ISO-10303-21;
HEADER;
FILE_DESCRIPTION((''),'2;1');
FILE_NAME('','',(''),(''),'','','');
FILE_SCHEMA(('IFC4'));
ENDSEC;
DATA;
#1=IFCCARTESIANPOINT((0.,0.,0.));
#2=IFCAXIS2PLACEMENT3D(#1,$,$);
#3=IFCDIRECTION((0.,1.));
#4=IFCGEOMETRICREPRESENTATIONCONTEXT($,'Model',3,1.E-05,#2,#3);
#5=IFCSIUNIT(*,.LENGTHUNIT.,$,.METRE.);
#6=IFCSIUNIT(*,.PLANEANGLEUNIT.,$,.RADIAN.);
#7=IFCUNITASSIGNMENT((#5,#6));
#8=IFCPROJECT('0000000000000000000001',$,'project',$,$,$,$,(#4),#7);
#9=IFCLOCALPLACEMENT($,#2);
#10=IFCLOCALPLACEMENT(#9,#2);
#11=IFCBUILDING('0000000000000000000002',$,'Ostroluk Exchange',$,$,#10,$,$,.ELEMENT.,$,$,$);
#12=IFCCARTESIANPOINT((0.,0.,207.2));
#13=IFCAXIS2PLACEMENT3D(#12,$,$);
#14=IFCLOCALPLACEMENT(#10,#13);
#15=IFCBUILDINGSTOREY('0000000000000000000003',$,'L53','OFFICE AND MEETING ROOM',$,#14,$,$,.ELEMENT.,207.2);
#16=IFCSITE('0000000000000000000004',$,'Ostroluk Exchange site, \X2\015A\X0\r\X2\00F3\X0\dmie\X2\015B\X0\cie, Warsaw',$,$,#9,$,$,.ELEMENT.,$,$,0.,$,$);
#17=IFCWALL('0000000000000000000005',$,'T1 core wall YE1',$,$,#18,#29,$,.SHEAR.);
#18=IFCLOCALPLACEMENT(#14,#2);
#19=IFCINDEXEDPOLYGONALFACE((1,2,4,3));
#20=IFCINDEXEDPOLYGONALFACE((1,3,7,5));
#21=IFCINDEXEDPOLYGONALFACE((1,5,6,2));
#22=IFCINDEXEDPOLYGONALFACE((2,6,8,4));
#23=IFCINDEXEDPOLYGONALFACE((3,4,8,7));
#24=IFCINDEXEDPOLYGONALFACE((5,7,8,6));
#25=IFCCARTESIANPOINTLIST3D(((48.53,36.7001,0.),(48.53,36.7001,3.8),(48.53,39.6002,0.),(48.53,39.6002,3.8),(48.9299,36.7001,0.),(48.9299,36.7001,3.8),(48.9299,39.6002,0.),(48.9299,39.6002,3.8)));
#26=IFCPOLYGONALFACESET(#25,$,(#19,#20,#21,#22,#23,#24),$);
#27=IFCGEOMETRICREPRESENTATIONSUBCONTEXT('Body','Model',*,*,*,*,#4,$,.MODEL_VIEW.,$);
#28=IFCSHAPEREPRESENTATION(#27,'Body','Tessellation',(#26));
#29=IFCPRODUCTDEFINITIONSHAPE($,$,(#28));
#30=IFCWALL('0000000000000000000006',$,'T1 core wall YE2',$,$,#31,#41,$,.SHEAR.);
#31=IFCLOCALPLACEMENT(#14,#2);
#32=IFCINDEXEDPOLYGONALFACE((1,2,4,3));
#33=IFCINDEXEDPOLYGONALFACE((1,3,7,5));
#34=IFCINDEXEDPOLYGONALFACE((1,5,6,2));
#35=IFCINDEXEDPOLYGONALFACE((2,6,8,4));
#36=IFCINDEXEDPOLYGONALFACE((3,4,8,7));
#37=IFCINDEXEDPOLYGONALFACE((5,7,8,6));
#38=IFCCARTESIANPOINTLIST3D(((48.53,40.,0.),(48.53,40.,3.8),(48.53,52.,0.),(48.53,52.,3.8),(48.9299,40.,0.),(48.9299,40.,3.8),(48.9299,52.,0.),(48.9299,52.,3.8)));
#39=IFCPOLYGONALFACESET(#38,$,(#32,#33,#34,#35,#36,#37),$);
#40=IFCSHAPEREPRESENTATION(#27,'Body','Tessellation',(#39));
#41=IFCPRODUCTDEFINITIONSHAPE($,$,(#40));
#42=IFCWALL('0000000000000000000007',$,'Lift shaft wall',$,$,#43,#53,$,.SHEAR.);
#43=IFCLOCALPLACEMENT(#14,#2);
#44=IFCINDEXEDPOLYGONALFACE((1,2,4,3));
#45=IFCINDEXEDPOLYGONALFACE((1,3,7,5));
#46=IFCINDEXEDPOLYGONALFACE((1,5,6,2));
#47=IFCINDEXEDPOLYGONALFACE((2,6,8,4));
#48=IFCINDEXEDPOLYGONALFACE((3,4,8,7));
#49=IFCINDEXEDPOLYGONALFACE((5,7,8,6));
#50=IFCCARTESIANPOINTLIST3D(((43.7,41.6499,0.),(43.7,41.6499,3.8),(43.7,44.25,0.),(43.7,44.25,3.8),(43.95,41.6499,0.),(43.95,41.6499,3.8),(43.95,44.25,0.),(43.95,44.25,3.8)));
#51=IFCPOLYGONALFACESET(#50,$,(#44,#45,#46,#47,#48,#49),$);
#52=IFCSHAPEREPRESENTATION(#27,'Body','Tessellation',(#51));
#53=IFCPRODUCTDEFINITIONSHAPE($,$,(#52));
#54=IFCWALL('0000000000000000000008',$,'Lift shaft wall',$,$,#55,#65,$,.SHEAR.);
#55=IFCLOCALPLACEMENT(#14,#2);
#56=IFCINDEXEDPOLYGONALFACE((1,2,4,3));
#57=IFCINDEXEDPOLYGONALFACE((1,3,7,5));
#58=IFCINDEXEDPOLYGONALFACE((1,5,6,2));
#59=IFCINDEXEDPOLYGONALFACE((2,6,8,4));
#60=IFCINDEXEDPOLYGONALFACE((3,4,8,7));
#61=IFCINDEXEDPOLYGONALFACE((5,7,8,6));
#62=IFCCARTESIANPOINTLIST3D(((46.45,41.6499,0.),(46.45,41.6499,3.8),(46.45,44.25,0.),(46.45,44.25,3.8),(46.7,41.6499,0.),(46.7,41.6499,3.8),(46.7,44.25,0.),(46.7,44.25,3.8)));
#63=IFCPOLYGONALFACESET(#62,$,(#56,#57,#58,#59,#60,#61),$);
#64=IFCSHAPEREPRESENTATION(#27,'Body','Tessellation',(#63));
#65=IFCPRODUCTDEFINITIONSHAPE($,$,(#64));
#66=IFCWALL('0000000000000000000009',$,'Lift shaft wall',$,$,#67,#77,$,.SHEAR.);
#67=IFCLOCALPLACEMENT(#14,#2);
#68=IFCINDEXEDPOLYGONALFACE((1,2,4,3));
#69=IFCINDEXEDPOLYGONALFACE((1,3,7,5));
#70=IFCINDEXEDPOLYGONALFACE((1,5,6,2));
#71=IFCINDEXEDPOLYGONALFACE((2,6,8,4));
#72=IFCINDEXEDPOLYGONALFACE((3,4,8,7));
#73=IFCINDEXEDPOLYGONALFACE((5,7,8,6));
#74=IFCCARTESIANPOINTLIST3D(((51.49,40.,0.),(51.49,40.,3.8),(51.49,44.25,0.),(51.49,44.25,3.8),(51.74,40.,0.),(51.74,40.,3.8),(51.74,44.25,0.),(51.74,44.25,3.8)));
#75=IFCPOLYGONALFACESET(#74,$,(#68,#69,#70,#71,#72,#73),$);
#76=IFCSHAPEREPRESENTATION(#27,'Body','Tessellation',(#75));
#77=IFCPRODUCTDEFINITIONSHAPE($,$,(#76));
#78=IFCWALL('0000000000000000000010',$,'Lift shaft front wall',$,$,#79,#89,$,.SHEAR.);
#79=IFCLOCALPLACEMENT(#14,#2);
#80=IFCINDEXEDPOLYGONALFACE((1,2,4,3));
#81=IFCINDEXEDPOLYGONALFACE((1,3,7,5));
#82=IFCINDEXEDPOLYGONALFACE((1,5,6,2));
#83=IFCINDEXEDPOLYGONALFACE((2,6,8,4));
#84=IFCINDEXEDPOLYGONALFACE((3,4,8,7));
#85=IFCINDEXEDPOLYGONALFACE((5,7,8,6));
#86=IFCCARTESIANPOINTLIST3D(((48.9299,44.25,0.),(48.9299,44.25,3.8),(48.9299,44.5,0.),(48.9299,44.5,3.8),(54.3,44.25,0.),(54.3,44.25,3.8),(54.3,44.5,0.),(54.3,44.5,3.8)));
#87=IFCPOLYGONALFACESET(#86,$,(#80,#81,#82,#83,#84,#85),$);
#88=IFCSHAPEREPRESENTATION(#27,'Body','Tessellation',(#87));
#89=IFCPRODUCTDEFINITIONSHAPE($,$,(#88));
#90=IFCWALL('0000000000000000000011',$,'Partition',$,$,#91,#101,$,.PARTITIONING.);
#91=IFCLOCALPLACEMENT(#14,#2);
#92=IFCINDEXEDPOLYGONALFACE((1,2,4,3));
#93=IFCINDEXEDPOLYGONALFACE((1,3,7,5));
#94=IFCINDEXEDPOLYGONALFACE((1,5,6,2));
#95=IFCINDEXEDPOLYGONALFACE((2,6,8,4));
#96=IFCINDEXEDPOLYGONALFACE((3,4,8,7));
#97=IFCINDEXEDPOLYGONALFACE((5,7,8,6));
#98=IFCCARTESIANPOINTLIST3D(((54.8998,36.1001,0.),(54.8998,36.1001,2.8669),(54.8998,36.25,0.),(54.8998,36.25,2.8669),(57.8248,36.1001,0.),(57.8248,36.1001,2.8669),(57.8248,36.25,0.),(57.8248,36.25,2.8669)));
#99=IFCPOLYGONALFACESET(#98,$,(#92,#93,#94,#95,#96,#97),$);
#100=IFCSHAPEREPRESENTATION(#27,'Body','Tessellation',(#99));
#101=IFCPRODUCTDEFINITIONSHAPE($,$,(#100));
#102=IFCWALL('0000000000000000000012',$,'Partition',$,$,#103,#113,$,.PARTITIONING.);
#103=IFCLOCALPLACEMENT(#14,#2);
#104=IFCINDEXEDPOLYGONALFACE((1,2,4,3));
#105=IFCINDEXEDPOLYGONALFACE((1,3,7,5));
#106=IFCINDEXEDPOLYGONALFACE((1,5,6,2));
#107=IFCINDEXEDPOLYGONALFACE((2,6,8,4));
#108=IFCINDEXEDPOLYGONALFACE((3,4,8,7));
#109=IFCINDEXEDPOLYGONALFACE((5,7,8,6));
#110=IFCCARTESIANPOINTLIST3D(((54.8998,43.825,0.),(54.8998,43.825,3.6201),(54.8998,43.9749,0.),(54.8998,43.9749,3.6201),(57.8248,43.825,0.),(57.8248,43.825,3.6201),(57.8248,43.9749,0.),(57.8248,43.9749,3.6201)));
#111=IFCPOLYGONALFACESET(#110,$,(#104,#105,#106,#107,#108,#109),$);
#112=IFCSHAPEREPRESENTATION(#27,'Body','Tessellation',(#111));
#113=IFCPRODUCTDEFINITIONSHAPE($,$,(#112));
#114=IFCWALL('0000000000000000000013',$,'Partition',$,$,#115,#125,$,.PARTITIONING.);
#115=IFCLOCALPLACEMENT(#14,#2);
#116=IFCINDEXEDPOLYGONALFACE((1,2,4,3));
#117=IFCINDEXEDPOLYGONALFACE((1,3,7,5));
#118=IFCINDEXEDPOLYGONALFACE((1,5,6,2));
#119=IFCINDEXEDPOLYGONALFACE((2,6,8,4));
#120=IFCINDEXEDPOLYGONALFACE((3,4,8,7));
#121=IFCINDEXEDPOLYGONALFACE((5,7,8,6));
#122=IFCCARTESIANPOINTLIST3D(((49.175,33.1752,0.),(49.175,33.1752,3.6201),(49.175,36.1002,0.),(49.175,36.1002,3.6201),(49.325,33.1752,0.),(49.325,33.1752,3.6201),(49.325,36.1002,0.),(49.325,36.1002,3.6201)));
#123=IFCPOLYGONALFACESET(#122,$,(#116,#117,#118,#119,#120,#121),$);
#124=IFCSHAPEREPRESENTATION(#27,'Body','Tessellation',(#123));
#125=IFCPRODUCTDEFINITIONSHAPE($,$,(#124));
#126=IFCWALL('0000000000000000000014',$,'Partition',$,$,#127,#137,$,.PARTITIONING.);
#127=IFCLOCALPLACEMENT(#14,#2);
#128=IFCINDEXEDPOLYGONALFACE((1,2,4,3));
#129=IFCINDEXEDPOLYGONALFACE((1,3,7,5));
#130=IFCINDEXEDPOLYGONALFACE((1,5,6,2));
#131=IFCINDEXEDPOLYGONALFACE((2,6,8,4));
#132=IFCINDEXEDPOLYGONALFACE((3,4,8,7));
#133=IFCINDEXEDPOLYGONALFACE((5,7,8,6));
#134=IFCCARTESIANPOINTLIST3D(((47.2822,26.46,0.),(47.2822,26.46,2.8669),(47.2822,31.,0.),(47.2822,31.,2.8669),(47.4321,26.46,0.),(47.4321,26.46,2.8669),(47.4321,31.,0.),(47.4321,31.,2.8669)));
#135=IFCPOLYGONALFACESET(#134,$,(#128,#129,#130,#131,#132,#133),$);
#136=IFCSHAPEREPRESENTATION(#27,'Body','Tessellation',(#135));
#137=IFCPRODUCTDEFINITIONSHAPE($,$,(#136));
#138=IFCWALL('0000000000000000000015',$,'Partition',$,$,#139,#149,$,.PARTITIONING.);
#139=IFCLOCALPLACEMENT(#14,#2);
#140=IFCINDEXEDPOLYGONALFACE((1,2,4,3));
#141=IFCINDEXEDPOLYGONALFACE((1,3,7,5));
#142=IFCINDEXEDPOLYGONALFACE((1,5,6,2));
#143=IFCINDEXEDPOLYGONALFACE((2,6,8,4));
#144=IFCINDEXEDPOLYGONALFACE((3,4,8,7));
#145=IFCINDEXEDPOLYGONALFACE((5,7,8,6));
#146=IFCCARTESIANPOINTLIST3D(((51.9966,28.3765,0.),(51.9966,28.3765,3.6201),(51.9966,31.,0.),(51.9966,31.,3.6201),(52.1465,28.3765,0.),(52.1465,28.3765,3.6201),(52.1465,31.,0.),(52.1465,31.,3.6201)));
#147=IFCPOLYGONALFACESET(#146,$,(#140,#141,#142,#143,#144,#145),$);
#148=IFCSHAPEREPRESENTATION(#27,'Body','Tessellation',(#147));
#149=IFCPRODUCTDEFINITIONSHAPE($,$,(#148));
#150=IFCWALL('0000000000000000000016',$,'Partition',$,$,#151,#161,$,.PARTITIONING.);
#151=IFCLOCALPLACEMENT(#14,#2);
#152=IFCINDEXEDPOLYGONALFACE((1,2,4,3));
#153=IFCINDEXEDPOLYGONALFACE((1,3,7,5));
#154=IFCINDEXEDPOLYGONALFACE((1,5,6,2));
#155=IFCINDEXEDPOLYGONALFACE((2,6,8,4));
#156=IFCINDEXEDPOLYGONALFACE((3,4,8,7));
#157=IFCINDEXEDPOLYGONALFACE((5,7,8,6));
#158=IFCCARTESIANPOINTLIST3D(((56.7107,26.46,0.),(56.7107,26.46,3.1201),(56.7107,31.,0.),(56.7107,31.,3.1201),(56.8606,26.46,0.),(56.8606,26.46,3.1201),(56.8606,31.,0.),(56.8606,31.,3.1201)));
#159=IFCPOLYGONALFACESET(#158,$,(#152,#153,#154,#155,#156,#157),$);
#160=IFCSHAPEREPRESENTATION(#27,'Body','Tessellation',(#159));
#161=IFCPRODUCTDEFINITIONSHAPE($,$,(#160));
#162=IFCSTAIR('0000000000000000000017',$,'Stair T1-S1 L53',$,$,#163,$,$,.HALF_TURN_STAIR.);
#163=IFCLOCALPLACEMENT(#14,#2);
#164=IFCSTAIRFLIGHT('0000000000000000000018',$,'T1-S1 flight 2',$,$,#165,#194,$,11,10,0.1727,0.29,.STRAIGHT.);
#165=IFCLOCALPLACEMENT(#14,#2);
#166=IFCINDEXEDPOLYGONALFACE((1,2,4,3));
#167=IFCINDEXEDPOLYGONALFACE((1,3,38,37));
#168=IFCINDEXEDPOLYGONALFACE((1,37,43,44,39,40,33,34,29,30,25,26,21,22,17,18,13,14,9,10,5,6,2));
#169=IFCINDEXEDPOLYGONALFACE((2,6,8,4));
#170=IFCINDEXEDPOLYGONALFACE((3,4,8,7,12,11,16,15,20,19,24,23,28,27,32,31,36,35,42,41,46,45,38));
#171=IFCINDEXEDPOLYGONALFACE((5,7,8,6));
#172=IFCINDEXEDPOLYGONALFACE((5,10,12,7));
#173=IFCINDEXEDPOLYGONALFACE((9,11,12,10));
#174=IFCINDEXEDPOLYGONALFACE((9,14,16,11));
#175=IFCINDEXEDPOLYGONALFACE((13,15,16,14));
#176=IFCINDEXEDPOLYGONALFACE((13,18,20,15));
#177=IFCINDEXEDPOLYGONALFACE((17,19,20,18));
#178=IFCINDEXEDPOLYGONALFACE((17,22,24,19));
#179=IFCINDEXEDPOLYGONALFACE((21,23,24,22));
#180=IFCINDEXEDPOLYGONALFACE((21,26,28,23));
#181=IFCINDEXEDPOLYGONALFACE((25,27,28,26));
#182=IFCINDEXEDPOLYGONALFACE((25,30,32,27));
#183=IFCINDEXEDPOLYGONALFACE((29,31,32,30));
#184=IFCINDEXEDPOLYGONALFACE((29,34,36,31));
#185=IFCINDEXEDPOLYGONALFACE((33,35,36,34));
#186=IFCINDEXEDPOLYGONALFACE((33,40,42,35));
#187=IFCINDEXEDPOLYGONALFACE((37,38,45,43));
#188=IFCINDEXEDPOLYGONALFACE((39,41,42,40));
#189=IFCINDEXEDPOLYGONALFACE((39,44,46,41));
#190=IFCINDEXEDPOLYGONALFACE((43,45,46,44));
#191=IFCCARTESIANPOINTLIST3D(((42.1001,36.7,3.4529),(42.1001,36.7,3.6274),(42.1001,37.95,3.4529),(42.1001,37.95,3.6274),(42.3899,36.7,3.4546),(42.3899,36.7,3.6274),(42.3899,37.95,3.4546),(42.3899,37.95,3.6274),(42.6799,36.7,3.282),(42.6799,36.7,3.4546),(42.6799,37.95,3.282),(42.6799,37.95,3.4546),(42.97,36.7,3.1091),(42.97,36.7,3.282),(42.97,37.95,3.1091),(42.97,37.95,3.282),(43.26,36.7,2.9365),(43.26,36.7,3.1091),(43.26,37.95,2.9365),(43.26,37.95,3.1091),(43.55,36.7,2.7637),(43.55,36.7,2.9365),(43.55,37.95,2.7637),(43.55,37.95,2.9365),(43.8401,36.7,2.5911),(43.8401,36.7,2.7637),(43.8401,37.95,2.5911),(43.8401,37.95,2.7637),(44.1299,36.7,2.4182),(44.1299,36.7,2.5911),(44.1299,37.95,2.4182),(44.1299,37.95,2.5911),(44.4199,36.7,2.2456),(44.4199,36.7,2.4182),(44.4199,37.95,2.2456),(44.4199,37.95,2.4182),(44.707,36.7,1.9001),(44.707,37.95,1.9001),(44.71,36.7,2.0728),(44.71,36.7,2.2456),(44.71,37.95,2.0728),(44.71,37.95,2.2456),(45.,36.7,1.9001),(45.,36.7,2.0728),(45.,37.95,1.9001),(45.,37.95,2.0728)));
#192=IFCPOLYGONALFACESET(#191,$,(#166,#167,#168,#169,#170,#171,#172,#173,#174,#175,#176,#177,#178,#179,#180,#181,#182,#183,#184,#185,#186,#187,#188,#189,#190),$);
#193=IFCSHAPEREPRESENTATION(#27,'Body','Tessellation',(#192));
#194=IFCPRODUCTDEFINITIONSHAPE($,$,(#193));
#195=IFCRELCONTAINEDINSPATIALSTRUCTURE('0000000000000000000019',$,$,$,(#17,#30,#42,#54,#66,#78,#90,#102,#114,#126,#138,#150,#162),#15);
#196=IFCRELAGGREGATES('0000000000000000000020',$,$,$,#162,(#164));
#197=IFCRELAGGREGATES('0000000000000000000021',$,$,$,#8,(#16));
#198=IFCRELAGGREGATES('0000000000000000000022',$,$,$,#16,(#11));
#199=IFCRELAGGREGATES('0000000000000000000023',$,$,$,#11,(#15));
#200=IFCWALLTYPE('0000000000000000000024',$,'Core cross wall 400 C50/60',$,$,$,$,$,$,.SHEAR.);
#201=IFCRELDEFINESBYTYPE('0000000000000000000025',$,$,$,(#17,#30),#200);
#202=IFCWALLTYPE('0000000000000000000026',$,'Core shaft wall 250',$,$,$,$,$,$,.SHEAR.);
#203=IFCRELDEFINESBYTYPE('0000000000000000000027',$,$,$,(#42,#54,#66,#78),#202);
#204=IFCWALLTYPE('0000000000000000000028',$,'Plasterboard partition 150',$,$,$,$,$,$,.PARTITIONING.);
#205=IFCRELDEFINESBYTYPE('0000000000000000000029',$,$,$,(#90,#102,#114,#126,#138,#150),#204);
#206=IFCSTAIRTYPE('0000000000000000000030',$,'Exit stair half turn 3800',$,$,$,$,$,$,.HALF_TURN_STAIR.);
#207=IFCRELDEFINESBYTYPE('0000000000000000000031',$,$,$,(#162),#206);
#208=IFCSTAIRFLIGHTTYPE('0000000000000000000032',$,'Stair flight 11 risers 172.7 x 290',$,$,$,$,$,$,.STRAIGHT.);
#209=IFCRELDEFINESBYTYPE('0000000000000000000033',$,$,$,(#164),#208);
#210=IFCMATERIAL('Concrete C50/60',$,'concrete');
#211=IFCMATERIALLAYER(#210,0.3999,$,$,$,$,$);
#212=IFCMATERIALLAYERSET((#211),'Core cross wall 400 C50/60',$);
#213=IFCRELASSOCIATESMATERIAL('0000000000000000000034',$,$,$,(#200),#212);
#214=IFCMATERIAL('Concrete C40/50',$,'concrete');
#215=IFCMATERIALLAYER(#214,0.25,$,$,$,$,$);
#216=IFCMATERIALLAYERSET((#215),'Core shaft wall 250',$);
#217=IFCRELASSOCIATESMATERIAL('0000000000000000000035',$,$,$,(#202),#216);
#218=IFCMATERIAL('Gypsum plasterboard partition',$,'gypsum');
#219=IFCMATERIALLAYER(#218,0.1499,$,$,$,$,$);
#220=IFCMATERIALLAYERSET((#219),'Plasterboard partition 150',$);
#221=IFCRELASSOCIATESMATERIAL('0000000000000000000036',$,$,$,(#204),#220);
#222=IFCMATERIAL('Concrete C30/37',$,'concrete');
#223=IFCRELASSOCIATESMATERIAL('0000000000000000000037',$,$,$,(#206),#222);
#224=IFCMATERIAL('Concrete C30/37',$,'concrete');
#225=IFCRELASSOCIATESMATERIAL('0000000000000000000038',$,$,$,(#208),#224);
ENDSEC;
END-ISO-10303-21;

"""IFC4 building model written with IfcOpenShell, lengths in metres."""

from ifc_helpers import new_model, si_unit, direction, frame, frame_2d, origin, place, context, subcontext, project, spatial, polyline, rectangle, outline, extrude, material, layer, layer_set, type_object, element, aggregate, save


model = new_model("IFC4")

# Units and contexts
model_context = context("Model", 3, precision=1e-05, world=origin(), true_north=direction((0.0, 1.0)))
body_context = subcontext(model_context, "Body", "Model", "MODEL_VIEW")
ifc_project = project(units=[si_unit("LENGTHUNIT", "METRE"), si_unit("PLANEANGLEUNIT", "RADIAN")], contexts=[model_context])

# Site, building, storey
site_placement = place(None, origin())
site = spatial("IfcSite", under=ifc_project, at=site_placement, Name="Ostroluk Exchange site, Śródmieście, Warsaw", CompositionType="ELEMENT", RefElevation=0.0)
building_placement = place(site_placement, origin())
building = spatial("IfcBuilding", under=site, at=building_placement, Name="Ostroluk Exchange", CompositionType="ELEMENT")
storey_placement = place(building_placement, frame((0.0, 0.0, 207.2)))
storey = spatial("IfcBuildingStorey", under=building, at=storey_placement, Name="L53", Description="OFFICE AND MEETING ROOM", CompositionType="ELEMENT", Elevation=207.2)

# Walls
ifc_material_1 = material(Name="Concrete C50/60", Category="concrete")
ifc_layer_1 = layer(ifc_material_1, 0.3999)
ifc_layer_set_1 = layer_set([ifc_layer_1], Name="Core cross wall 400 C50/60")
wall_type_1 = type_object("IfcWallType", Name="Core cross wall 400 C50/60", PredefinedType="SHEAR", material=ifc_layer_set_1)
wall_1_placement = place(storey_placement, frame((48.73, 36.7, 0.0), z_axis=(0.0, 0.0, 1.0), x_axis=(0.0, 1.0, 0.0)))
element("IfcWall", 1, at=wall_1_placement, inside=storey, type_object=wall_type_1, Name="T1 core wall YE1", PredefinedType="SHEAR", context=body_context, shape_type="SweptSolid", body=[
    extrude(rectangle(XDim=2.9001, YDim=0.3999, at=frame_2d((1.4502, 0.0))), origin(), (0.0, 0.0, 1.0), 3.8),
])
wall_2_placement = place(storey_placement, frame((48.73, 40.0, 0.0), z_axis=(0.0, 0.0, 1.0), x_axis=(0.0, 1.0, 0.0)))
element("IfcWall", 2, at=wall_2_placement, inside=storey, type_object=wall_type_1, Name="T1 core wall YE2", PredefinedType="SHEAR", context=body_context, shape_type="SweptSolid", body=[
    extrude(rectangle(XDim=12.0, YDim=0.3999, at=frame_2d((6.0, 0.0))), origin(), (0.0, 0.0, 1.0), 3.8),
])

# Shared definitions
ifc_material_2 = material(Name="Concrete C40/50", Category="concrete")
ifc_layer_2 = layer(ifc_material_2, 0.25)
ifc_layer_set_2 = layer_set([ifc_layer_2], Name="Core shaft wall 250")
wall_type_2 = type_object("IfcWallType", Name="Core shaft wall 250", PredefinedType="SHEAR", material=ifc_layer_set_2)

# Walls
for number, where, z_axis, x_axis, name in (
    (3, (43.825, 44.25, 0.0), (0.0, 0.0, 1.0), (0.0, -1.0, 0.0), "Lift shaft wall"),
    (4, (46.575, 44.25, 0.0), (0.0, 0.0, 1.0), (0.0, -1.0, 0.0), "Lift shaft wall"),
):
    element("IfcWall", number, at=place(storey_placement, frame(where, z_axis=z_axis, x_axis=x_axis)), inside=storey, type_object=wall_type_2, Name=name, PredefinedType="SHEAR", context=body_context, shape_type="SweptSolid", body=[
        extrude(rectangle(XDim=2.6001, YDim=0.25, at=frame_2d((1.3, 0.0))), origin(), (0.0, 0.0, 1.0), 3.8),
    ])
wall_3_placement = place(storey_placement, frame((51.615, 44.25, 0.0), z_axis=(0.0, 0.0, 1.0), x_axis=(0.0, -1.0, 0.0)))
element("IfcWall", 5, at=wall_3_placement, inside=storey, type_object=wall_type_2, Name="Lift shaft wall", PredefinedType="SHEAR", context=body_context, shape_type="SweptSolid", body=[
    extrude(rectangle(XDim=4.25, YDim=0.25, at=frame_2d((2.125, 0.0))), origin(), (0.0, 0.0, 1.0), 3.8),
])
wall_4_placement = place(storey_placement, frame((48.9299, 44.375, 0.0), z_axis=(0.0, 0.0, 1.0), x_axis=(1.0, 0.0, 0.0)))
element("IfcWall", 6, at=wall_4_placement, inside=storey, type_object=wall_type_2, Name="Lift shaft front wall", PredefinedType="SHEAR", context=body_context, shape_type="SweptSolid", body=[
    extrude(rectangle(XDim=5.3701, YDim=0.25, at=frame_2d((2.6851, 0.0))), origin(), (0.0, 0.0, 1.0), 3.8),
])

# Walls
ifc_material_3 = material(Name="Gypsum plasterboard partition", Category="gypsum")
ifc_layer_3 = layer(ifc_material_3, 0.1499)
ifc_layer_set_3 = layer_set([ifc_layer_3], Name="Plasterboard partition 150")
wall_type_3 = type_object("IfcWallType", Name="Plasterboard partition 150", PredefinedType="PARTITIONING", material=ifc_layer_set_3)
wall_5_placement = place(storey_placement, frame((54.8999, 36.175, 0.0), z_axis=(0.0, 0.0, 1.0), x_axis=(1.0, 0.0, 0.0)))
element("IfcWall", 7, at=wall_5_placement, inside=storey, type_object=wall_type_3, Name="Partition", PredefinedType="PARTITIONING", context=body_context, shape_type="SweptSolid", body=[
    extrude(rectangle(XDim=2.925, YDim=0.1499, at=frame_2d((1.4624, 0.0))), origin(), (0.0, 0.0, 1.0), 2.8669),
])
for number, where, z_axis, x_axis, name in (
    (8, (54.8999, 43.8999, 0.0), (0.0, 0.0, 1.0), (1.0, 0.0, 0.0), "Partition"),
    (9, (49.25, 36.1001, 0.0), (0.0, 0.0, 1.0), (0.0, -1.0, 0.0), "Partition"),
):
    element("IfcWall", number, at=place(storey_placement, frame(where, z_axis=z_axis, x_axis=x_axis)), inside=storey, type_object=wall_type_3, Name=name, PredefinedType="PARTITIONING", context=body_context, shape_type="SweptSolid", body=[
        extrude(rectangle(XDim=2.925, YDim=0.1499, at=frame_2d((1.4624, 0.0))), origin(), (0.0, 0.0, 1.0), 3.6201),
    ])
wall_6_placement = place(storey_placement, frame((47.3572, 31.0, 0.0), z_axis=(0.0, 0.0, 1.0), x_axis=(0.0, -1.0, 0.0)))
element("IfcWall", 10, at=wall_6_placement, inside=storey, type_object=wall_type_3, Name="Partition", PredefinedType="PARTITIONING", context=body_context, shape_type="SweptSolid", body=[
    extrude(rectangle(XDim=4.54, YDim=0.1499, at=frame_2d((2.27, 0.0))), origin(), (0.0, 0.0, 1.0), 2.8669),
])
wall_7_placement = place(storey_placement, frame((52.0715, 31.0, 0.0), z_axis=(0.0, 0.0, 1.0), x_axis=(0.0, -1.0, 0.0)))
element("IfcWall", 11, at=wall_7_placement, inside=storey, type_object=wall_type_3, Name="Partition", PredefinedType="PARTITIONING", context=body_context, shape_type="SweptSolid", body=[
    extrude(rectangle(XDim=2.6235, YDim=0.1499, at=frame_2d((1.3118, 0.0))), origin(), (0.0, 0.0, 1.0), 3.6201),
])
wall_8_placement = place(storey_placement, frame((56.7856, 31.0, 0.0), z_axis=(0.0, 0.0, 1.0), x_axis=(0.0, -1.0, 0.0)))
element("IfcWall", 12, at=wall_8_placement, inside=storey, type_object=wall_type_3, Name="Partition", PredefinedType="PARTITIONING", context=body_context, shape_type="SweptSolid", body=[
    extrude(rectangle(XDim=4.54, YDim=0.1499, at=frame_2d((2.27, 0.0))), origin(), (0.0, 0.0, 1.0), 3.1201),
])

# Stair, stair flight
ifc_material_4 = material(Name="Concrete C30/37", Category="concrete")
stair_type = type_object("IfcStairType", Name="Exit stair half turn 3800", PredefinedType="HALF_TURN_STAIR", material=ifc_material_4)
stair_placement = place(storey_placement, origin())
stair = element("IfcStair", 13, at=stair_placement, inside=storey, type_object=stair_type, Name="Stair T1-S1 L53", PredefinedType="HALF_TURN_STAIR")
ifc_material_5 = material(Name="Concrete C30/37", Category="concrete")
stair_flight_type = type_object("IfcStairFlightType", Name="Stair flight 11 risers 172.7 x 290", PredefinedType="STRAIGHT", material=ifc_material_5)
stair_flight_placement = place(storey_placement, frame((45.0, 37.325, 1.9001), z_axis=(0.0, 0.0, 1.0), x_axis=(-1.0, 0.0, 0.0)))
stair_flight = element("IfcStairFlight", 14, at=stair_flight_placement, type_object=stair_flight_type, Name="T1-S1 flight 2", NumberOfRisers=11, NumberOfTreads=10, PredefinedType="STRAIGHT", RiserHeight=0.1727, TreadLength=0.29, context=body_context, shape_type="SweptSolid", body=[
    extrude(outline(polyline([(0.0, 0.0), (0.0, 0.1726), (0.29, 0.1726), (0.29, 0.3455), (0.5801, 0.3455), (0.5801, 0.5181), (0.8701, 0.5181), (0.8701, 0.6909), (1.1599, 0.6909), (1.1599, 0.8635), (1.45, 0.8635), (1.45, 1.0364), (1.74, 1.0364), (1.74, 1.209), (2.03, 1.209), (2.03, 1.3818), (2.3201, 1.3818), (2.3201, 1.5544), (2.6101, 1.5544), (2.6101, 1.7273), (2.8999, 1.7273), (2.8999, 1.8999), (2.8999, 1.5527), (0.293, 0.0), (0.0, 0.0)])), frame((0.0, 0.625, 0.0), z_axis=(0.0, -1.0, 0.0), x_axis=(1.0, 0.0, 0.0)), (0.0, 0.0, 1.0), 1.25),
])
aggregate(stair, [stair_flight])

save(model, "model.ifc")
